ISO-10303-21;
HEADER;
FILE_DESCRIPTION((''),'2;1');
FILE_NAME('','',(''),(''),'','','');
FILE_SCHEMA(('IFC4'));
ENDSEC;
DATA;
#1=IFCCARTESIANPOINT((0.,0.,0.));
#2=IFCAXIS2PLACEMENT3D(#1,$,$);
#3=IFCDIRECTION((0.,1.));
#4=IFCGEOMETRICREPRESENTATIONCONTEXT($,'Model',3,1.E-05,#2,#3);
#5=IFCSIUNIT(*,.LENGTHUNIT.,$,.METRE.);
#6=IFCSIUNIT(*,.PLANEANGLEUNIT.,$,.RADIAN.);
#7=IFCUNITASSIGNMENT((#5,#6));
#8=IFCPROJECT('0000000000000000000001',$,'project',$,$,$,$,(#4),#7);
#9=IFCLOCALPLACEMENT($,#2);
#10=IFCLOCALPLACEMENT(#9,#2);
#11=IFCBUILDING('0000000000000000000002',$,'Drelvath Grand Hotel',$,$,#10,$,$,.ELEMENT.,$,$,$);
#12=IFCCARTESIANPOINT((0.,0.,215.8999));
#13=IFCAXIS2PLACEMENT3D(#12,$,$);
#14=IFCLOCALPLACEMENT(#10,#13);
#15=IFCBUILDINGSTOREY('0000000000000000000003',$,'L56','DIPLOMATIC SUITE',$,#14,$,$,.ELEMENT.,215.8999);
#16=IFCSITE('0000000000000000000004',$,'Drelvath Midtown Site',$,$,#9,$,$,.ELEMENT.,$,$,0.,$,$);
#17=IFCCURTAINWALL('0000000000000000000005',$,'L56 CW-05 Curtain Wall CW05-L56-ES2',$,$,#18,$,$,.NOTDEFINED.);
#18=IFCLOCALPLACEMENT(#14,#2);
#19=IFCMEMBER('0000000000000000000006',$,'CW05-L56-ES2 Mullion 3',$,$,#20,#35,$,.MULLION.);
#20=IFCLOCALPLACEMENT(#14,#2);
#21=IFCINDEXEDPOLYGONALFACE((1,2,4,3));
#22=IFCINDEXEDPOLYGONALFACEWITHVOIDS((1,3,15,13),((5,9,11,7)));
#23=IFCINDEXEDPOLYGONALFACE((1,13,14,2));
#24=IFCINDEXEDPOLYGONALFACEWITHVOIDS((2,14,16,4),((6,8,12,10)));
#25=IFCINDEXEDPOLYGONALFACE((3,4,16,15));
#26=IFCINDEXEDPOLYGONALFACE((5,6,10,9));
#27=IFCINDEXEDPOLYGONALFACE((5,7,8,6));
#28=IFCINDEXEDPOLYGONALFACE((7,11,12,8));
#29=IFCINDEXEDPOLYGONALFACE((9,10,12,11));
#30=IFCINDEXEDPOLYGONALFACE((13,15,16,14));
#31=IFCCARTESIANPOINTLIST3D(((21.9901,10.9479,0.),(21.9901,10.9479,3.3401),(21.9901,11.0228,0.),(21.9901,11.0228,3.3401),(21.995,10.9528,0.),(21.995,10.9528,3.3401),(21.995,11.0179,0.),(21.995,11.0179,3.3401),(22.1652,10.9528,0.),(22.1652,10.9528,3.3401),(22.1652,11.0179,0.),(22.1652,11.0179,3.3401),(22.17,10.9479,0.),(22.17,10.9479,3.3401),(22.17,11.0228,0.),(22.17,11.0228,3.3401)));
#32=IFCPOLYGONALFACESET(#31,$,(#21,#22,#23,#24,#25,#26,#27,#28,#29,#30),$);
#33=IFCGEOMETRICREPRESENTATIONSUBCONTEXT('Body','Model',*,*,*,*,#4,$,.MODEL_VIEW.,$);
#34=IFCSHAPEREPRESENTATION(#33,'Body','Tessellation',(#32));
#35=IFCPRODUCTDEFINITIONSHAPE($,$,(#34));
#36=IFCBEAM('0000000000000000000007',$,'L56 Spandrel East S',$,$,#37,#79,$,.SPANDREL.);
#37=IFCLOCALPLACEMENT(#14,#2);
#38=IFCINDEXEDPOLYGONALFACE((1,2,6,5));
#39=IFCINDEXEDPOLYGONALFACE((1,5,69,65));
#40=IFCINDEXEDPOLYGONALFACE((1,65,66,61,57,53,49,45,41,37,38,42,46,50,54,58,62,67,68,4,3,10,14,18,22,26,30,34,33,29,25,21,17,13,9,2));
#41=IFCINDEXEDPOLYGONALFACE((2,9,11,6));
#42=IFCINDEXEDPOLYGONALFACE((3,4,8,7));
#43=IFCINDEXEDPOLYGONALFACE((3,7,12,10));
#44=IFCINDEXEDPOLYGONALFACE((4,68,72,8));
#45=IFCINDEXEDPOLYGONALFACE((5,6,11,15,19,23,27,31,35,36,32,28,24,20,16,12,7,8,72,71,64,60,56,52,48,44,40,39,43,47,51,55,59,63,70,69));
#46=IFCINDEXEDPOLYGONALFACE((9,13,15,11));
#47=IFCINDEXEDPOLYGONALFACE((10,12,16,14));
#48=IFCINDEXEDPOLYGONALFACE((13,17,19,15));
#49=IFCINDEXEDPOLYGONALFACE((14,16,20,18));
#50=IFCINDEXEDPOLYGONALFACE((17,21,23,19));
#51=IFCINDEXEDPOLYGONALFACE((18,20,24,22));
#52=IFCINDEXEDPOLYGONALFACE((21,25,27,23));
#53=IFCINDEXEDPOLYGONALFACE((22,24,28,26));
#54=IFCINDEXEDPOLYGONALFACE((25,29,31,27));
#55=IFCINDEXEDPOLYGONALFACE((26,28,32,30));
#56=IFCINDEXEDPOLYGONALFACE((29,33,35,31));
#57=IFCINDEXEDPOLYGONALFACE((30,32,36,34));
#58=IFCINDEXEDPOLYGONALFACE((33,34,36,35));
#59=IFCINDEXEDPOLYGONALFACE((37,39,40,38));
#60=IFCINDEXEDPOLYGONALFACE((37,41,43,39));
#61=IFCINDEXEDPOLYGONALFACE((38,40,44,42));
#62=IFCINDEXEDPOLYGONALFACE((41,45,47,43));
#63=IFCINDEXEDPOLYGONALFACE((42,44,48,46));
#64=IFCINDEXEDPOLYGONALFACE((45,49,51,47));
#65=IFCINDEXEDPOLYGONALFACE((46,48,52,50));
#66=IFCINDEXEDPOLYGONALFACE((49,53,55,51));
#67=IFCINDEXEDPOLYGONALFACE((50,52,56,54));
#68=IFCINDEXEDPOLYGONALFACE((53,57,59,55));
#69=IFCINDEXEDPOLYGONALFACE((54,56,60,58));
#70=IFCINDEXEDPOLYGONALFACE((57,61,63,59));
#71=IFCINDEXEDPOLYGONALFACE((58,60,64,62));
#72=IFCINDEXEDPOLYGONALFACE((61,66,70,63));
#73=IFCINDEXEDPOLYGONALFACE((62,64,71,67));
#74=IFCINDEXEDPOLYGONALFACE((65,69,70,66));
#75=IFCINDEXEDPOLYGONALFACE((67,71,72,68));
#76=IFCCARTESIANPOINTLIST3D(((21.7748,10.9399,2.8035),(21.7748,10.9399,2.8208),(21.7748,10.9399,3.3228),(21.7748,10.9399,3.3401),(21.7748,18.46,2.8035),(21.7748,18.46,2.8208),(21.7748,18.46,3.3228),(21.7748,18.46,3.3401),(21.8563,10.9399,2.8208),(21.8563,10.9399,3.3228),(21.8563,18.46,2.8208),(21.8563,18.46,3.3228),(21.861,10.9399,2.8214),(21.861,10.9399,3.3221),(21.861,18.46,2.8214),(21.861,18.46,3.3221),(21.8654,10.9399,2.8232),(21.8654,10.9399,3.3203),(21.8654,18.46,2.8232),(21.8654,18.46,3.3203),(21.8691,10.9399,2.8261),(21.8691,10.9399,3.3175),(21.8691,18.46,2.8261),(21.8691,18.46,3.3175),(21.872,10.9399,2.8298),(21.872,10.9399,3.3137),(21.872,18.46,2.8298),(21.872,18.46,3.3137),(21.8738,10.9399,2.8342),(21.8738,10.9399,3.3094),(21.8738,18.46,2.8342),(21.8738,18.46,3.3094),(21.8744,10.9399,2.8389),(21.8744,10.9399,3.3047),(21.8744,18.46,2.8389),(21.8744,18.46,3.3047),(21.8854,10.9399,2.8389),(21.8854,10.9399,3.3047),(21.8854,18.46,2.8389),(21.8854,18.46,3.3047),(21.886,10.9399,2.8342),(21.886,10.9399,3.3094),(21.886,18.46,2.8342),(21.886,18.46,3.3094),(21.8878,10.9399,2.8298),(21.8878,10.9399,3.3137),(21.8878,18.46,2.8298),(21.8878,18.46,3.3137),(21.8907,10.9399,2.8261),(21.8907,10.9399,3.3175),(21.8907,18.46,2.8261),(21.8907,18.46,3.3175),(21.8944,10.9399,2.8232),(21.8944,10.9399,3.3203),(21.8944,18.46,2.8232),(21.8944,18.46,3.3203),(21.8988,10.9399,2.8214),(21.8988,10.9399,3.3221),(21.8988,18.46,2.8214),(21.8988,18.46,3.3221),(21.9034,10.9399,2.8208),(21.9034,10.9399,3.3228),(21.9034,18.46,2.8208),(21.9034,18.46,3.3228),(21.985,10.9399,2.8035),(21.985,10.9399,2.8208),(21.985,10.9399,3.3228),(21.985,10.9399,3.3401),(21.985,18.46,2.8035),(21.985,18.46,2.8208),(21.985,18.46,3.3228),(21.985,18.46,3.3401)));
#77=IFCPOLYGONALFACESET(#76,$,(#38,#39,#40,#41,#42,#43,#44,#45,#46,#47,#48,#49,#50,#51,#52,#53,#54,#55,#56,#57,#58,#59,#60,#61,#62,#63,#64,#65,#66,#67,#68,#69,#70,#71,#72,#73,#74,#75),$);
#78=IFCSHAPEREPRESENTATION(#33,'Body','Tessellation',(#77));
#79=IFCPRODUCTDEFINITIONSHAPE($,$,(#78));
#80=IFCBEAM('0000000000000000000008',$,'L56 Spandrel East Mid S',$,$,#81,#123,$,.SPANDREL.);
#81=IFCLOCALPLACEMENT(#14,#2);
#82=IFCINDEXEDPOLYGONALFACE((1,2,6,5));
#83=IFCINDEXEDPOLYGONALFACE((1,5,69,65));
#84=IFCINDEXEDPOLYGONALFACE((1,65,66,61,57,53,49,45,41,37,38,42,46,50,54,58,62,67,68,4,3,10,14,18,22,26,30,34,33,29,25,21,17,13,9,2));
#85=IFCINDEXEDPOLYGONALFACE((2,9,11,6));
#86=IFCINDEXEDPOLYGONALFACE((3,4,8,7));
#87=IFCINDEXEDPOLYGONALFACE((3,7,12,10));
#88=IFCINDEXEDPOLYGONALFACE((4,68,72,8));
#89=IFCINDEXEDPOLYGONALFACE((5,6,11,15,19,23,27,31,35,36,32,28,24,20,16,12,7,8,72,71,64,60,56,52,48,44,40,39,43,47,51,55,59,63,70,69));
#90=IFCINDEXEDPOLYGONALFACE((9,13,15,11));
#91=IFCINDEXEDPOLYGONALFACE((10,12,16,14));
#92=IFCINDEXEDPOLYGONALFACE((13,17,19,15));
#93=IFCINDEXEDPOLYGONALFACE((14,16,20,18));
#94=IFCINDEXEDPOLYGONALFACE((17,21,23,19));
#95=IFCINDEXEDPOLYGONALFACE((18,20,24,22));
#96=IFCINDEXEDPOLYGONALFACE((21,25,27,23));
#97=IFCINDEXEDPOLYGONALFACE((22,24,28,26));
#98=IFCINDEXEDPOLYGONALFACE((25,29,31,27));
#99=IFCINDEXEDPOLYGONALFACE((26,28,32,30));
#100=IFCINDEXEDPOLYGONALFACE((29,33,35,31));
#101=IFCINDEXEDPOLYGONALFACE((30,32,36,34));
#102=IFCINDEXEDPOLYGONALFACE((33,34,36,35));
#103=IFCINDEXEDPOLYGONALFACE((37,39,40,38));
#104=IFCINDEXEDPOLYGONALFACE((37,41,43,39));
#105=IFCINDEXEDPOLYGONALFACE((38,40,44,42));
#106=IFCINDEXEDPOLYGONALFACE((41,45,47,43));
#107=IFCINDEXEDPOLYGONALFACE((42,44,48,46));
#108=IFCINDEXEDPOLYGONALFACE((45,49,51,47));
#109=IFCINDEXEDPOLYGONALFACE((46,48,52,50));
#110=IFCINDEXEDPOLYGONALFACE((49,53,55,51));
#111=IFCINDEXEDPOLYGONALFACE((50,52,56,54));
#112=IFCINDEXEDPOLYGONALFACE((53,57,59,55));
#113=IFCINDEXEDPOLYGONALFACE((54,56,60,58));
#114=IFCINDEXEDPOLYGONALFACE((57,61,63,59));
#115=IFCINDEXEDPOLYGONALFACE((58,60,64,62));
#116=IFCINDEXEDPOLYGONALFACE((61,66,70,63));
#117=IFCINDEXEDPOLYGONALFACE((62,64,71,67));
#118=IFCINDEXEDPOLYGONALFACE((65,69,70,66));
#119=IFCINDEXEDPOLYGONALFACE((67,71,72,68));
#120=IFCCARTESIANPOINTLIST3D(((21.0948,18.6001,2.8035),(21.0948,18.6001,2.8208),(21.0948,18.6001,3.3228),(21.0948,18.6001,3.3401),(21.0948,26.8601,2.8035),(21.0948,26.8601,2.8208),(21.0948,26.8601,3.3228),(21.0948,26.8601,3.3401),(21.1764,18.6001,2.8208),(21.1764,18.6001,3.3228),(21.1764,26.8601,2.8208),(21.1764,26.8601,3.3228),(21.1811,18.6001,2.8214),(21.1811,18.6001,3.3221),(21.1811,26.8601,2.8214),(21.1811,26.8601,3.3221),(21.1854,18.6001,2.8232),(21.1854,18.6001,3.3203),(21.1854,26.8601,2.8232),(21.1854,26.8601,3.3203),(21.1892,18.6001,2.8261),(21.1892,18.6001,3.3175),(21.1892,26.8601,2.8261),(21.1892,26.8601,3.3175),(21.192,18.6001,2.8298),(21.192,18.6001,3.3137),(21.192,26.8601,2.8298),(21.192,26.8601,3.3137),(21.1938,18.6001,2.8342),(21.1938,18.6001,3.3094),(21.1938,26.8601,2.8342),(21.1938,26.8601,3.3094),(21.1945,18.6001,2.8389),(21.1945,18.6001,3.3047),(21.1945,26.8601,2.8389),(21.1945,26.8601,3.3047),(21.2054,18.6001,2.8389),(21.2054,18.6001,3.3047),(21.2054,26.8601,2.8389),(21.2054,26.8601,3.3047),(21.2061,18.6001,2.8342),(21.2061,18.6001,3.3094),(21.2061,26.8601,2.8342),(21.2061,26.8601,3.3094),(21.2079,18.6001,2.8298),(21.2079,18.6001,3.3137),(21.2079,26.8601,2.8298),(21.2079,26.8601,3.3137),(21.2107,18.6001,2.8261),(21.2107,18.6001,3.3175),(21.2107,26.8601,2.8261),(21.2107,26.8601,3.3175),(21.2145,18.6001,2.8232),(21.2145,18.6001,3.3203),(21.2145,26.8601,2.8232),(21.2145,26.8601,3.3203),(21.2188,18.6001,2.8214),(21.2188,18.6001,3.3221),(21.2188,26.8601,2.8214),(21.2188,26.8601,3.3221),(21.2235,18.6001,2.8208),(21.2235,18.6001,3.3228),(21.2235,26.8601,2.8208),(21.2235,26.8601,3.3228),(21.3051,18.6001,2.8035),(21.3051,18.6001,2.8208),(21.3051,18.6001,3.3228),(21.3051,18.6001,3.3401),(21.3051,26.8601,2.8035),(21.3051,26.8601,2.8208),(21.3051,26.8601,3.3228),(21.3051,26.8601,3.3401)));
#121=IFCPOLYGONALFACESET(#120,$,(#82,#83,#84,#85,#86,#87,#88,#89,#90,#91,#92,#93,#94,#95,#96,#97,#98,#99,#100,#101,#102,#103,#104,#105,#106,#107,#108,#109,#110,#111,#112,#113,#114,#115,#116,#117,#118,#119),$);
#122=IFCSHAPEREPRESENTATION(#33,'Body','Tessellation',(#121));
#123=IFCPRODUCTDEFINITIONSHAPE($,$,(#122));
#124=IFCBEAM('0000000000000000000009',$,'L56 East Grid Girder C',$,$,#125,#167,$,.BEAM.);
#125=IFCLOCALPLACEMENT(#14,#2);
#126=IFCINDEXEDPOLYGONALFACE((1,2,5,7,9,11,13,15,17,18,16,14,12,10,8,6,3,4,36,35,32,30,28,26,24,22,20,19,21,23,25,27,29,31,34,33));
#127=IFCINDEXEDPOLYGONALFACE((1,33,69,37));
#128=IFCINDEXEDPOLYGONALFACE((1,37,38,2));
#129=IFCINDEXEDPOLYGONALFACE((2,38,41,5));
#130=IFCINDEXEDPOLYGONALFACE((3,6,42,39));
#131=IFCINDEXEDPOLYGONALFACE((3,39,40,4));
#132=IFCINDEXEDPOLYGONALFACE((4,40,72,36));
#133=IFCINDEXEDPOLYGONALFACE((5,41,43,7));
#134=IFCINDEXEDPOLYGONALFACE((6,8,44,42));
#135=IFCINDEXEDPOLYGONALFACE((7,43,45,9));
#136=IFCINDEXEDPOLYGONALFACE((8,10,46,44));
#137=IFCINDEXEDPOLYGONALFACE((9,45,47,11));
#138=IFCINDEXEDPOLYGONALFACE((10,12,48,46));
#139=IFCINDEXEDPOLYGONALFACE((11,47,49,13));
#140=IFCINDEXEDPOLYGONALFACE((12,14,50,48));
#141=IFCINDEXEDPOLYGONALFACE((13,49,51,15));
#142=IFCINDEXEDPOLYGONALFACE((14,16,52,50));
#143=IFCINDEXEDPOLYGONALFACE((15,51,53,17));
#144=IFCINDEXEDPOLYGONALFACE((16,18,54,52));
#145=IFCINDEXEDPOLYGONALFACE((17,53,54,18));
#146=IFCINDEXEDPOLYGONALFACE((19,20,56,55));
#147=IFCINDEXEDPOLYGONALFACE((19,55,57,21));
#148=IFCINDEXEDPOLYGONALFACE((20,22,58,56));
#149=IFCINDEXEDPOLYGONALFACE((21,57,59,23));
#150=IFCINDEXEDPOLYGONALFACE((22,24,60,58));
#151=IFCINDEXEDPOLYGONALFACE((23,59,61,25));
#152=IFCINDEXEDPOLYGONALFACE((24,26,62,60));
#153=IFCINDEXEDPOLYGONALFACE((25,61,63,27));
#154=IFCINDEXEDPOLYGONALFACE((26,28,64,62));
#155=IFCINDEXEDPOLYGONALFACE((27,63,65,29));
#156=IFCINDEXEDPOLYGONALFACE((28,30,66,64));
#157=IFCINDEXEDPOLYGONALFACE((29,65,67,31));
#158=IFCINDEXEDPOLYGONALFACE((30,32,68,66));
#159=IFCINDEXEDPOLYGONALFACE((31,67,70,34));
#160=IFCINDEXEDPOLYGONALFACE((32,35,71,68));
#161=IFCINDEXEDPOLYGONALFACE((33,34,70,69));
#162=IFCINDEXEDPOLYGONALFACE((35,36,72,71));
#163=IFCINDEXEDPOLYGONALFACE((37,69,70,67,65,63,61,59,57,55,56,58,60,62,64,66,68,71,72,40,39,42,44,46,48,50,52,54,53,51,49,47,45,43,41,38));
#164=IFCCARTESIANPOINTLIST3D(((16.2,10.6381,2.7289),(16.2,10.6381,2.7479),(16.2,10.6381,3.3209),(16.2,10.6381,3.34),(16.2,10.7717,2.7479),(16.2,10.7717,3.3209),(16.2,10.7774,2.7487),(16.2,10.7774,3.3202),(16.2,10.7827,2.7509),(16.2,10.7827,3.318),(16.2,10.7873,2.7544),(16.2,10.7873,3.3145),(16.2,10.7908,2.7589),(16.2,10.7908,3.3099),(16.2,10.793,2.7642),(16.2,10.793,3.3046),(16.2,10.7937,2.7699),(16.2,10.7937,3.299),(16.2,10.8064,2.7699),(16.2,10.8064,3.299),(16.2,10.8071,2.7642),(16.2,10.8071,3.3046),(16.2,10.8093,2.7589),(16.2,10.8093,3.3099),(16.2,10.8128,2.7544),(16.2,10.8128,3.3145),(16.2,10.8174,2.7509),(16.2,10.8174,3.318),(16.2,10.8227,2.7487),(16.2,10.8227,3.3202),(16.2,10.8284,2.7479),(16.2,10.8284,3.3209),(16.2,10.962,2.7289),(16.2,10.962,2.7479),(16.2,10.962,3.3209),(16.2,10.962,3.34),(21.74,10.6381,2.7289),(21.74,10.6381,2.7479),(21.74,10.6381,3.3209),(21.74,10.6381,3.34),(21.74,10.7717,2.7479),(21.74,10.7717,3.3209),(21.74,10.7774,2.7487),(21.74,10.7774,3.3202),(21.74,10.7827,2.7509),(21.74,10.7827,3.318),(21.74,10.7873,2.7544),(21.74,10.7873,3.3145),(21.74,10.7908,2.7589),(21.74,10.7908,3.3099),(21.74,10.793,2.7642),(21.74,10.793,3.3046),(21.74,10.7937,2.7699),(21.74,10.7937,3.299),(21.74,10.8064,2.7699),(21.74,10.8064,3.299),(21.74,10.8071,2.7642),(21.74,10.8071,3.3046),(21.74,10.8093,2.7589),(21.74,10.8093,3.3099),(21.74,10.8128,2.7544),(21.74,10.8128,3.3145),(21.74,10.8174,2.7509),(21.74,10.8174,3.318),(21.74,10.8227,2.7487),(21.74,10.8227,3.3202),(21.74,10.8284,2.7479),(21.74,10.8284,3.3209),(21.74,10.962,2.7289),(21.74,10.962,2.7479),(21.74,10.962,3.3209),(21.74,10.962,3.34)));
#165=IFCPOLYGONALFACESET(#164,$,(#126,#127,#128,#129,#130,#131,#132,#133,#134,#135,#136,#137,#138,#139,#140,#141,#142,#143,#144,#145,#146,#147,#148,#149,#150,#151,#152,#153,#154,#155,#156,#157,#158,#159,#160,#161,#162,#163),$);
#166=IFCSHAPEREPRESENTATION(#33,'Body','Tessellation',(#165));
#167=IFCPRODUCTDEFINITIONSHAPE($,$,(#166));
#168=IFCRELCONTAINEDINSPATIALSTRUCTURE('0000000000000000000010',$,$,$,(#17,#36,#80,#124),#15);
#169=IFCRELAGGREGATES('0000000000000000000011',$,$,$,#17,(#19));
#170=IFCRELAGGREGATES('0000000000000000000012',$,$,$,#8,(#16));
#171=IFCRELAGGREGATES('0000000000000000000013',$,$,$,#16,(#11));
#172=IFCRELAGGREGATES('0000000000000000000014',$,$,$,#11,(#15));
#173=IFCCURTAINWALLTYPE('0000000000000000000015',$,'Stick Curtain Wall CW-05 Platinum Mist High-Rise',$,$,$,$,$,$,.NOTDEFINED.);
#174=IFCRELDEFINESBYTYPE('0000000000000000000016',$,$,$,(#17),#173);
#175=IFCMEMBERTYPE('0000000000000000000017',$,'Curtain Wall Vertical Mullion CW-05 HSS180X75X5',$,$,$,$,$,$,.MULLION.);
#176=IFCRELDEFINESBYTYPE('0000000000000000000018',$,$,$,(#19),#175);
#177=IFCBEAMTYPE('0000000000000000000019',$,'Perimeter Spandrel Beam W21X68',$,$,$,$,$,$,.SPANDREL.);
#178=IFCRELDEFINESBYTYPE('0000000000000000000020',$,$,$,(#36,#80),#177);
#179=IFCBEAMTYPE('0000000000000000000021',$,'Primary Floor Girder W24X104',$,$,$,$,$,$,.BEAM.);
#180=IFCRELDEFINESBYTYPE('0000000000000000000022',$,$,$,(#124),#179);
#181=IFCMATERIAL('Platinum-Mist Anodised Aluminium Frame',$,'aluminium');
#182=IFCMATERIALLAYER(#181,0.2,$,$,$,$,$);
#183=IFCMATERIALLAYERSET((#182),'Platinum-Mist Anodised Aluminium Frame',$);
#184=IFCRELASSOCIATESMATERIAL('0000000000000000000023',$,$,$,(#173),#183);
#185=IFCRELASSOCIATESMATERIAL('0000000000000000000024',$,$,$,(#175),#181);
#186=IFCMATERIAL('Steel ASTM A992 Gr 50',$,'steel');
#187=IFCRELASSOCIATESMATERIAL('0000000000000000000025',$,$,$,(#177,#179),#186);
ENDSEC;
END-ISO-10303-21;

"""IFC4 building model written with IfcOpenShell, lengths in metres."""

from ifc_helpers import new_model, si_unit, direction, frame, origin, origin_2d, place, context, subcontext, project, spatial, hollow_rectangle, i_section, extrude, material, layer, layer_set, material_profile, profile_set, type_object, element, aggregate, save


model = new_model("IFC4")

# Units and contexts
model_context = context("Model", 3, precision=1e-05, world=origin(), true_north=direction((0.0, 1.0)))
body_context = subcontext(model_context, "Body", "Model", "MODEL_VIEW")
ifc_project = project(units=[si_unit("LENGTHUNIT", "METRE"), si_unit("PLANEANGLEUNIT", "RADIAN")], contexts=[model_context])

# Site, building, storey
site_placement = place(None, origin())
site = spatial("IfcSite", under=ifc_project, at=site_placement, Name="Drelvath Midtown Site", CompositionType="ELEMENT", RefElevation=0.0)
building_placement = place(site_placement, origin())
building = spatial("IfcBuilding", under=site, at=building_placement, Name="Drelvath Grand Hotel", CompositionType="ELEMENT")
storey_placement = place(building_placement, frame((0.0, 0.0, 215.8999)))
storey = spatial("IfcBuildingStorey", under=building, at=storey_placement, Name="L56", Description="DIPLOMATIC SUITE", CompositionType="ELEMENT", Elevation=215.8999)

# Curtain wall
ifc_material_1 = material(Name="Platinum-Mist Anodised Aluminium Frame", Category="aluminium")
ifc_layer_1 = layer(ifc_material_1, 0.2)
ifc_layer_set_1 = layer_set([ifc_layer_1], Name="Platinum-Mist Anodised Aluminium Frame")
curtain_wall_type = type_object("IfcCurtainWallType", Name="Stick Curtain Wall CW-05 Platinum Mist High-Rise", PredefinedType="NOTDEFINED", material=ifc_layer_set_1)
curtain_wall_1_placement = place(storey_placement, origin())
curtain_wall_1 = element("IfcCurtainWall", 1, at=curtain_wall_1_placement, inside=storey, type_object=curtain_wall_type, Name="L56 CW-05 Curtain Wall CW05-L56-ES2", PredefinedType="NOTDEFINED")

# Shared definitions
ifc_material_profile_1 = material_profile(ifc_material_1, hollow_rectangle(XDim=0.075, YDim=0.1799, WallThickness=0.0049, at=origin_2d()), Name="HSS180X75X5")
ifc_profile_set_1 = profile_set([ifc_material_profile_1], Name="Platinum-Mist Anodised Aluminium Frame")
member_type_1 = type_object("IfcMemberType", Name="Curtain Wall Vertical Mullion CW-05 HSS180X75X5", PredefinedType="MULLION", material=ifc_profile_set_1)

# Member
member_1_placement = place(storey_placement, frame((22.0801, 10.9854, 0.0), z_axis=(0.0, 0.0, 1.0), x_axis=(0.0, 1.0, 0.0)))
member_1 = element("IfcMember", 2, at=member_1_placement, type_object=member_type_1, Name="CW05-L56-ES2 Mullion 3", PredefinedType="MULLION", context=body_context, shape_type="SweptSolid", body=[
    extrude(hollow_rectangle(XDim=0.075, YDim=0.1799, WallThickness=0.0049, at=origin_2d()), origin(), (0.0, 0.0, 1.0), 3.3401),
])

# Beams
ifc_material_2 = material(Name="Steel ASTM A992 Gr 50", Category="steel")
ifc_material_profile_2 = material_profile(ifc_material_2, i_section(OverallWidth=0.2102, OverallDepth=0.5366, WebThickness=0.011, FlangeThickness=0.0173, FilletRadius=0.0181, at=origin_2d()), Name="W21X68")
ifc_profile_set_2 = profile_set([ifc_material_profile_2], Name="Steel ASTM A992 Gr 50")
beam_type_1 = type_object("IfcBeamType", Name="Perimeter Spandrel Beam W21X68", PredefinedType="SPANDREL", material=ifc_profile_set_2)
beam_1_placement = place(storey_placement, frame((21.8799, 10.9399, 3.0718), z_axis=(0.0, 1.0, 0.0), x_axis=(-1.0, 0.0, 0.0)))
element("IfcBeam", 3, at=beam_1_placement, inside=storey, type_object=beam_type_1, Name="L56 Spandrel East S", PredefinedType="SPANDREL", context=body_context, shape_type="SweptSolid", body=[
    extrude(i_section(OverallWidth=0.2102, OverallDepth=0.5366, WebThickness=0.011, FlangeThickness=0.0173, FilletRadius=0.0181, at=origin_2d()), origin(), (0.0, 0.0, 1.0), 7.52),
])
beam_2_placement = place(storey_placement, frame((21.2, 18.6001, 3.0718), z_axis=(0.0, 1.0, 0.0), x_axis=(-1.0, 0.0, 0.0)))
element("IfcBeam", 4, at=beam_2_placement, inside=storey, type_object=beam_type_1, Name="L56 Spandrel East Mid S", PredefinedType="SPANDREL", context=body_context, shape_type="SweptSolid", body=[
    extrude(i_section(OverallWidth=0.2102, OverallDepth=0.5366, WebThickness=0.011, FlangeThickness=0.0173, FilletRadius=0.0181, at=origin_2d()), origin(), (0.0, 0.0, 1.0), 8.26),
])
ifc_material_profile_3 = material_profile(ifc_material_2, i_section(OverallWidth=0.324, OverallDepth=0.6111, WebThickness=0.0127, FlangeThickness=0.019, FilletRadius=0.022, at=origin_2d()), Name="W24X104")
ifc_profile_set_3 = profile_set([ifc_material_profile_3], Name="Steel ASTM A992 Gr 50")
beam_type_2 = type_object("IfcBeamType", Name="Primary Floor Girder W24X104", PredefinedType="BEAM", material=ifc_profile_set_3)
beam_3_placement = place(storey_placement, frame((16.2, 10.8, 3.0344), z_axis=(1.0, 0.0, 0.0), x_axis=(0.0, 1.0, 0.0)))
element("IfcBeam", 5, at=beam_3_placement, inside=storey, type_object=beam_type_2, Name="L56 East Grid Girder C", PredefinedType="BEAM", context=body_context, shape_type="SweptSolid", body=[
    extrude(i_section(OverallWidth=0.324, OverallDepth=0.6111, WebThickness=0.0127, FlangeThickness=0.019, FilletRadius=0.022, at=origin_2d()), origin(), (0.0, 0.0, 1.0), 5.54),
])

aggregate(curtain_wall_1, [member_1])

save(model, "model.ifc")
